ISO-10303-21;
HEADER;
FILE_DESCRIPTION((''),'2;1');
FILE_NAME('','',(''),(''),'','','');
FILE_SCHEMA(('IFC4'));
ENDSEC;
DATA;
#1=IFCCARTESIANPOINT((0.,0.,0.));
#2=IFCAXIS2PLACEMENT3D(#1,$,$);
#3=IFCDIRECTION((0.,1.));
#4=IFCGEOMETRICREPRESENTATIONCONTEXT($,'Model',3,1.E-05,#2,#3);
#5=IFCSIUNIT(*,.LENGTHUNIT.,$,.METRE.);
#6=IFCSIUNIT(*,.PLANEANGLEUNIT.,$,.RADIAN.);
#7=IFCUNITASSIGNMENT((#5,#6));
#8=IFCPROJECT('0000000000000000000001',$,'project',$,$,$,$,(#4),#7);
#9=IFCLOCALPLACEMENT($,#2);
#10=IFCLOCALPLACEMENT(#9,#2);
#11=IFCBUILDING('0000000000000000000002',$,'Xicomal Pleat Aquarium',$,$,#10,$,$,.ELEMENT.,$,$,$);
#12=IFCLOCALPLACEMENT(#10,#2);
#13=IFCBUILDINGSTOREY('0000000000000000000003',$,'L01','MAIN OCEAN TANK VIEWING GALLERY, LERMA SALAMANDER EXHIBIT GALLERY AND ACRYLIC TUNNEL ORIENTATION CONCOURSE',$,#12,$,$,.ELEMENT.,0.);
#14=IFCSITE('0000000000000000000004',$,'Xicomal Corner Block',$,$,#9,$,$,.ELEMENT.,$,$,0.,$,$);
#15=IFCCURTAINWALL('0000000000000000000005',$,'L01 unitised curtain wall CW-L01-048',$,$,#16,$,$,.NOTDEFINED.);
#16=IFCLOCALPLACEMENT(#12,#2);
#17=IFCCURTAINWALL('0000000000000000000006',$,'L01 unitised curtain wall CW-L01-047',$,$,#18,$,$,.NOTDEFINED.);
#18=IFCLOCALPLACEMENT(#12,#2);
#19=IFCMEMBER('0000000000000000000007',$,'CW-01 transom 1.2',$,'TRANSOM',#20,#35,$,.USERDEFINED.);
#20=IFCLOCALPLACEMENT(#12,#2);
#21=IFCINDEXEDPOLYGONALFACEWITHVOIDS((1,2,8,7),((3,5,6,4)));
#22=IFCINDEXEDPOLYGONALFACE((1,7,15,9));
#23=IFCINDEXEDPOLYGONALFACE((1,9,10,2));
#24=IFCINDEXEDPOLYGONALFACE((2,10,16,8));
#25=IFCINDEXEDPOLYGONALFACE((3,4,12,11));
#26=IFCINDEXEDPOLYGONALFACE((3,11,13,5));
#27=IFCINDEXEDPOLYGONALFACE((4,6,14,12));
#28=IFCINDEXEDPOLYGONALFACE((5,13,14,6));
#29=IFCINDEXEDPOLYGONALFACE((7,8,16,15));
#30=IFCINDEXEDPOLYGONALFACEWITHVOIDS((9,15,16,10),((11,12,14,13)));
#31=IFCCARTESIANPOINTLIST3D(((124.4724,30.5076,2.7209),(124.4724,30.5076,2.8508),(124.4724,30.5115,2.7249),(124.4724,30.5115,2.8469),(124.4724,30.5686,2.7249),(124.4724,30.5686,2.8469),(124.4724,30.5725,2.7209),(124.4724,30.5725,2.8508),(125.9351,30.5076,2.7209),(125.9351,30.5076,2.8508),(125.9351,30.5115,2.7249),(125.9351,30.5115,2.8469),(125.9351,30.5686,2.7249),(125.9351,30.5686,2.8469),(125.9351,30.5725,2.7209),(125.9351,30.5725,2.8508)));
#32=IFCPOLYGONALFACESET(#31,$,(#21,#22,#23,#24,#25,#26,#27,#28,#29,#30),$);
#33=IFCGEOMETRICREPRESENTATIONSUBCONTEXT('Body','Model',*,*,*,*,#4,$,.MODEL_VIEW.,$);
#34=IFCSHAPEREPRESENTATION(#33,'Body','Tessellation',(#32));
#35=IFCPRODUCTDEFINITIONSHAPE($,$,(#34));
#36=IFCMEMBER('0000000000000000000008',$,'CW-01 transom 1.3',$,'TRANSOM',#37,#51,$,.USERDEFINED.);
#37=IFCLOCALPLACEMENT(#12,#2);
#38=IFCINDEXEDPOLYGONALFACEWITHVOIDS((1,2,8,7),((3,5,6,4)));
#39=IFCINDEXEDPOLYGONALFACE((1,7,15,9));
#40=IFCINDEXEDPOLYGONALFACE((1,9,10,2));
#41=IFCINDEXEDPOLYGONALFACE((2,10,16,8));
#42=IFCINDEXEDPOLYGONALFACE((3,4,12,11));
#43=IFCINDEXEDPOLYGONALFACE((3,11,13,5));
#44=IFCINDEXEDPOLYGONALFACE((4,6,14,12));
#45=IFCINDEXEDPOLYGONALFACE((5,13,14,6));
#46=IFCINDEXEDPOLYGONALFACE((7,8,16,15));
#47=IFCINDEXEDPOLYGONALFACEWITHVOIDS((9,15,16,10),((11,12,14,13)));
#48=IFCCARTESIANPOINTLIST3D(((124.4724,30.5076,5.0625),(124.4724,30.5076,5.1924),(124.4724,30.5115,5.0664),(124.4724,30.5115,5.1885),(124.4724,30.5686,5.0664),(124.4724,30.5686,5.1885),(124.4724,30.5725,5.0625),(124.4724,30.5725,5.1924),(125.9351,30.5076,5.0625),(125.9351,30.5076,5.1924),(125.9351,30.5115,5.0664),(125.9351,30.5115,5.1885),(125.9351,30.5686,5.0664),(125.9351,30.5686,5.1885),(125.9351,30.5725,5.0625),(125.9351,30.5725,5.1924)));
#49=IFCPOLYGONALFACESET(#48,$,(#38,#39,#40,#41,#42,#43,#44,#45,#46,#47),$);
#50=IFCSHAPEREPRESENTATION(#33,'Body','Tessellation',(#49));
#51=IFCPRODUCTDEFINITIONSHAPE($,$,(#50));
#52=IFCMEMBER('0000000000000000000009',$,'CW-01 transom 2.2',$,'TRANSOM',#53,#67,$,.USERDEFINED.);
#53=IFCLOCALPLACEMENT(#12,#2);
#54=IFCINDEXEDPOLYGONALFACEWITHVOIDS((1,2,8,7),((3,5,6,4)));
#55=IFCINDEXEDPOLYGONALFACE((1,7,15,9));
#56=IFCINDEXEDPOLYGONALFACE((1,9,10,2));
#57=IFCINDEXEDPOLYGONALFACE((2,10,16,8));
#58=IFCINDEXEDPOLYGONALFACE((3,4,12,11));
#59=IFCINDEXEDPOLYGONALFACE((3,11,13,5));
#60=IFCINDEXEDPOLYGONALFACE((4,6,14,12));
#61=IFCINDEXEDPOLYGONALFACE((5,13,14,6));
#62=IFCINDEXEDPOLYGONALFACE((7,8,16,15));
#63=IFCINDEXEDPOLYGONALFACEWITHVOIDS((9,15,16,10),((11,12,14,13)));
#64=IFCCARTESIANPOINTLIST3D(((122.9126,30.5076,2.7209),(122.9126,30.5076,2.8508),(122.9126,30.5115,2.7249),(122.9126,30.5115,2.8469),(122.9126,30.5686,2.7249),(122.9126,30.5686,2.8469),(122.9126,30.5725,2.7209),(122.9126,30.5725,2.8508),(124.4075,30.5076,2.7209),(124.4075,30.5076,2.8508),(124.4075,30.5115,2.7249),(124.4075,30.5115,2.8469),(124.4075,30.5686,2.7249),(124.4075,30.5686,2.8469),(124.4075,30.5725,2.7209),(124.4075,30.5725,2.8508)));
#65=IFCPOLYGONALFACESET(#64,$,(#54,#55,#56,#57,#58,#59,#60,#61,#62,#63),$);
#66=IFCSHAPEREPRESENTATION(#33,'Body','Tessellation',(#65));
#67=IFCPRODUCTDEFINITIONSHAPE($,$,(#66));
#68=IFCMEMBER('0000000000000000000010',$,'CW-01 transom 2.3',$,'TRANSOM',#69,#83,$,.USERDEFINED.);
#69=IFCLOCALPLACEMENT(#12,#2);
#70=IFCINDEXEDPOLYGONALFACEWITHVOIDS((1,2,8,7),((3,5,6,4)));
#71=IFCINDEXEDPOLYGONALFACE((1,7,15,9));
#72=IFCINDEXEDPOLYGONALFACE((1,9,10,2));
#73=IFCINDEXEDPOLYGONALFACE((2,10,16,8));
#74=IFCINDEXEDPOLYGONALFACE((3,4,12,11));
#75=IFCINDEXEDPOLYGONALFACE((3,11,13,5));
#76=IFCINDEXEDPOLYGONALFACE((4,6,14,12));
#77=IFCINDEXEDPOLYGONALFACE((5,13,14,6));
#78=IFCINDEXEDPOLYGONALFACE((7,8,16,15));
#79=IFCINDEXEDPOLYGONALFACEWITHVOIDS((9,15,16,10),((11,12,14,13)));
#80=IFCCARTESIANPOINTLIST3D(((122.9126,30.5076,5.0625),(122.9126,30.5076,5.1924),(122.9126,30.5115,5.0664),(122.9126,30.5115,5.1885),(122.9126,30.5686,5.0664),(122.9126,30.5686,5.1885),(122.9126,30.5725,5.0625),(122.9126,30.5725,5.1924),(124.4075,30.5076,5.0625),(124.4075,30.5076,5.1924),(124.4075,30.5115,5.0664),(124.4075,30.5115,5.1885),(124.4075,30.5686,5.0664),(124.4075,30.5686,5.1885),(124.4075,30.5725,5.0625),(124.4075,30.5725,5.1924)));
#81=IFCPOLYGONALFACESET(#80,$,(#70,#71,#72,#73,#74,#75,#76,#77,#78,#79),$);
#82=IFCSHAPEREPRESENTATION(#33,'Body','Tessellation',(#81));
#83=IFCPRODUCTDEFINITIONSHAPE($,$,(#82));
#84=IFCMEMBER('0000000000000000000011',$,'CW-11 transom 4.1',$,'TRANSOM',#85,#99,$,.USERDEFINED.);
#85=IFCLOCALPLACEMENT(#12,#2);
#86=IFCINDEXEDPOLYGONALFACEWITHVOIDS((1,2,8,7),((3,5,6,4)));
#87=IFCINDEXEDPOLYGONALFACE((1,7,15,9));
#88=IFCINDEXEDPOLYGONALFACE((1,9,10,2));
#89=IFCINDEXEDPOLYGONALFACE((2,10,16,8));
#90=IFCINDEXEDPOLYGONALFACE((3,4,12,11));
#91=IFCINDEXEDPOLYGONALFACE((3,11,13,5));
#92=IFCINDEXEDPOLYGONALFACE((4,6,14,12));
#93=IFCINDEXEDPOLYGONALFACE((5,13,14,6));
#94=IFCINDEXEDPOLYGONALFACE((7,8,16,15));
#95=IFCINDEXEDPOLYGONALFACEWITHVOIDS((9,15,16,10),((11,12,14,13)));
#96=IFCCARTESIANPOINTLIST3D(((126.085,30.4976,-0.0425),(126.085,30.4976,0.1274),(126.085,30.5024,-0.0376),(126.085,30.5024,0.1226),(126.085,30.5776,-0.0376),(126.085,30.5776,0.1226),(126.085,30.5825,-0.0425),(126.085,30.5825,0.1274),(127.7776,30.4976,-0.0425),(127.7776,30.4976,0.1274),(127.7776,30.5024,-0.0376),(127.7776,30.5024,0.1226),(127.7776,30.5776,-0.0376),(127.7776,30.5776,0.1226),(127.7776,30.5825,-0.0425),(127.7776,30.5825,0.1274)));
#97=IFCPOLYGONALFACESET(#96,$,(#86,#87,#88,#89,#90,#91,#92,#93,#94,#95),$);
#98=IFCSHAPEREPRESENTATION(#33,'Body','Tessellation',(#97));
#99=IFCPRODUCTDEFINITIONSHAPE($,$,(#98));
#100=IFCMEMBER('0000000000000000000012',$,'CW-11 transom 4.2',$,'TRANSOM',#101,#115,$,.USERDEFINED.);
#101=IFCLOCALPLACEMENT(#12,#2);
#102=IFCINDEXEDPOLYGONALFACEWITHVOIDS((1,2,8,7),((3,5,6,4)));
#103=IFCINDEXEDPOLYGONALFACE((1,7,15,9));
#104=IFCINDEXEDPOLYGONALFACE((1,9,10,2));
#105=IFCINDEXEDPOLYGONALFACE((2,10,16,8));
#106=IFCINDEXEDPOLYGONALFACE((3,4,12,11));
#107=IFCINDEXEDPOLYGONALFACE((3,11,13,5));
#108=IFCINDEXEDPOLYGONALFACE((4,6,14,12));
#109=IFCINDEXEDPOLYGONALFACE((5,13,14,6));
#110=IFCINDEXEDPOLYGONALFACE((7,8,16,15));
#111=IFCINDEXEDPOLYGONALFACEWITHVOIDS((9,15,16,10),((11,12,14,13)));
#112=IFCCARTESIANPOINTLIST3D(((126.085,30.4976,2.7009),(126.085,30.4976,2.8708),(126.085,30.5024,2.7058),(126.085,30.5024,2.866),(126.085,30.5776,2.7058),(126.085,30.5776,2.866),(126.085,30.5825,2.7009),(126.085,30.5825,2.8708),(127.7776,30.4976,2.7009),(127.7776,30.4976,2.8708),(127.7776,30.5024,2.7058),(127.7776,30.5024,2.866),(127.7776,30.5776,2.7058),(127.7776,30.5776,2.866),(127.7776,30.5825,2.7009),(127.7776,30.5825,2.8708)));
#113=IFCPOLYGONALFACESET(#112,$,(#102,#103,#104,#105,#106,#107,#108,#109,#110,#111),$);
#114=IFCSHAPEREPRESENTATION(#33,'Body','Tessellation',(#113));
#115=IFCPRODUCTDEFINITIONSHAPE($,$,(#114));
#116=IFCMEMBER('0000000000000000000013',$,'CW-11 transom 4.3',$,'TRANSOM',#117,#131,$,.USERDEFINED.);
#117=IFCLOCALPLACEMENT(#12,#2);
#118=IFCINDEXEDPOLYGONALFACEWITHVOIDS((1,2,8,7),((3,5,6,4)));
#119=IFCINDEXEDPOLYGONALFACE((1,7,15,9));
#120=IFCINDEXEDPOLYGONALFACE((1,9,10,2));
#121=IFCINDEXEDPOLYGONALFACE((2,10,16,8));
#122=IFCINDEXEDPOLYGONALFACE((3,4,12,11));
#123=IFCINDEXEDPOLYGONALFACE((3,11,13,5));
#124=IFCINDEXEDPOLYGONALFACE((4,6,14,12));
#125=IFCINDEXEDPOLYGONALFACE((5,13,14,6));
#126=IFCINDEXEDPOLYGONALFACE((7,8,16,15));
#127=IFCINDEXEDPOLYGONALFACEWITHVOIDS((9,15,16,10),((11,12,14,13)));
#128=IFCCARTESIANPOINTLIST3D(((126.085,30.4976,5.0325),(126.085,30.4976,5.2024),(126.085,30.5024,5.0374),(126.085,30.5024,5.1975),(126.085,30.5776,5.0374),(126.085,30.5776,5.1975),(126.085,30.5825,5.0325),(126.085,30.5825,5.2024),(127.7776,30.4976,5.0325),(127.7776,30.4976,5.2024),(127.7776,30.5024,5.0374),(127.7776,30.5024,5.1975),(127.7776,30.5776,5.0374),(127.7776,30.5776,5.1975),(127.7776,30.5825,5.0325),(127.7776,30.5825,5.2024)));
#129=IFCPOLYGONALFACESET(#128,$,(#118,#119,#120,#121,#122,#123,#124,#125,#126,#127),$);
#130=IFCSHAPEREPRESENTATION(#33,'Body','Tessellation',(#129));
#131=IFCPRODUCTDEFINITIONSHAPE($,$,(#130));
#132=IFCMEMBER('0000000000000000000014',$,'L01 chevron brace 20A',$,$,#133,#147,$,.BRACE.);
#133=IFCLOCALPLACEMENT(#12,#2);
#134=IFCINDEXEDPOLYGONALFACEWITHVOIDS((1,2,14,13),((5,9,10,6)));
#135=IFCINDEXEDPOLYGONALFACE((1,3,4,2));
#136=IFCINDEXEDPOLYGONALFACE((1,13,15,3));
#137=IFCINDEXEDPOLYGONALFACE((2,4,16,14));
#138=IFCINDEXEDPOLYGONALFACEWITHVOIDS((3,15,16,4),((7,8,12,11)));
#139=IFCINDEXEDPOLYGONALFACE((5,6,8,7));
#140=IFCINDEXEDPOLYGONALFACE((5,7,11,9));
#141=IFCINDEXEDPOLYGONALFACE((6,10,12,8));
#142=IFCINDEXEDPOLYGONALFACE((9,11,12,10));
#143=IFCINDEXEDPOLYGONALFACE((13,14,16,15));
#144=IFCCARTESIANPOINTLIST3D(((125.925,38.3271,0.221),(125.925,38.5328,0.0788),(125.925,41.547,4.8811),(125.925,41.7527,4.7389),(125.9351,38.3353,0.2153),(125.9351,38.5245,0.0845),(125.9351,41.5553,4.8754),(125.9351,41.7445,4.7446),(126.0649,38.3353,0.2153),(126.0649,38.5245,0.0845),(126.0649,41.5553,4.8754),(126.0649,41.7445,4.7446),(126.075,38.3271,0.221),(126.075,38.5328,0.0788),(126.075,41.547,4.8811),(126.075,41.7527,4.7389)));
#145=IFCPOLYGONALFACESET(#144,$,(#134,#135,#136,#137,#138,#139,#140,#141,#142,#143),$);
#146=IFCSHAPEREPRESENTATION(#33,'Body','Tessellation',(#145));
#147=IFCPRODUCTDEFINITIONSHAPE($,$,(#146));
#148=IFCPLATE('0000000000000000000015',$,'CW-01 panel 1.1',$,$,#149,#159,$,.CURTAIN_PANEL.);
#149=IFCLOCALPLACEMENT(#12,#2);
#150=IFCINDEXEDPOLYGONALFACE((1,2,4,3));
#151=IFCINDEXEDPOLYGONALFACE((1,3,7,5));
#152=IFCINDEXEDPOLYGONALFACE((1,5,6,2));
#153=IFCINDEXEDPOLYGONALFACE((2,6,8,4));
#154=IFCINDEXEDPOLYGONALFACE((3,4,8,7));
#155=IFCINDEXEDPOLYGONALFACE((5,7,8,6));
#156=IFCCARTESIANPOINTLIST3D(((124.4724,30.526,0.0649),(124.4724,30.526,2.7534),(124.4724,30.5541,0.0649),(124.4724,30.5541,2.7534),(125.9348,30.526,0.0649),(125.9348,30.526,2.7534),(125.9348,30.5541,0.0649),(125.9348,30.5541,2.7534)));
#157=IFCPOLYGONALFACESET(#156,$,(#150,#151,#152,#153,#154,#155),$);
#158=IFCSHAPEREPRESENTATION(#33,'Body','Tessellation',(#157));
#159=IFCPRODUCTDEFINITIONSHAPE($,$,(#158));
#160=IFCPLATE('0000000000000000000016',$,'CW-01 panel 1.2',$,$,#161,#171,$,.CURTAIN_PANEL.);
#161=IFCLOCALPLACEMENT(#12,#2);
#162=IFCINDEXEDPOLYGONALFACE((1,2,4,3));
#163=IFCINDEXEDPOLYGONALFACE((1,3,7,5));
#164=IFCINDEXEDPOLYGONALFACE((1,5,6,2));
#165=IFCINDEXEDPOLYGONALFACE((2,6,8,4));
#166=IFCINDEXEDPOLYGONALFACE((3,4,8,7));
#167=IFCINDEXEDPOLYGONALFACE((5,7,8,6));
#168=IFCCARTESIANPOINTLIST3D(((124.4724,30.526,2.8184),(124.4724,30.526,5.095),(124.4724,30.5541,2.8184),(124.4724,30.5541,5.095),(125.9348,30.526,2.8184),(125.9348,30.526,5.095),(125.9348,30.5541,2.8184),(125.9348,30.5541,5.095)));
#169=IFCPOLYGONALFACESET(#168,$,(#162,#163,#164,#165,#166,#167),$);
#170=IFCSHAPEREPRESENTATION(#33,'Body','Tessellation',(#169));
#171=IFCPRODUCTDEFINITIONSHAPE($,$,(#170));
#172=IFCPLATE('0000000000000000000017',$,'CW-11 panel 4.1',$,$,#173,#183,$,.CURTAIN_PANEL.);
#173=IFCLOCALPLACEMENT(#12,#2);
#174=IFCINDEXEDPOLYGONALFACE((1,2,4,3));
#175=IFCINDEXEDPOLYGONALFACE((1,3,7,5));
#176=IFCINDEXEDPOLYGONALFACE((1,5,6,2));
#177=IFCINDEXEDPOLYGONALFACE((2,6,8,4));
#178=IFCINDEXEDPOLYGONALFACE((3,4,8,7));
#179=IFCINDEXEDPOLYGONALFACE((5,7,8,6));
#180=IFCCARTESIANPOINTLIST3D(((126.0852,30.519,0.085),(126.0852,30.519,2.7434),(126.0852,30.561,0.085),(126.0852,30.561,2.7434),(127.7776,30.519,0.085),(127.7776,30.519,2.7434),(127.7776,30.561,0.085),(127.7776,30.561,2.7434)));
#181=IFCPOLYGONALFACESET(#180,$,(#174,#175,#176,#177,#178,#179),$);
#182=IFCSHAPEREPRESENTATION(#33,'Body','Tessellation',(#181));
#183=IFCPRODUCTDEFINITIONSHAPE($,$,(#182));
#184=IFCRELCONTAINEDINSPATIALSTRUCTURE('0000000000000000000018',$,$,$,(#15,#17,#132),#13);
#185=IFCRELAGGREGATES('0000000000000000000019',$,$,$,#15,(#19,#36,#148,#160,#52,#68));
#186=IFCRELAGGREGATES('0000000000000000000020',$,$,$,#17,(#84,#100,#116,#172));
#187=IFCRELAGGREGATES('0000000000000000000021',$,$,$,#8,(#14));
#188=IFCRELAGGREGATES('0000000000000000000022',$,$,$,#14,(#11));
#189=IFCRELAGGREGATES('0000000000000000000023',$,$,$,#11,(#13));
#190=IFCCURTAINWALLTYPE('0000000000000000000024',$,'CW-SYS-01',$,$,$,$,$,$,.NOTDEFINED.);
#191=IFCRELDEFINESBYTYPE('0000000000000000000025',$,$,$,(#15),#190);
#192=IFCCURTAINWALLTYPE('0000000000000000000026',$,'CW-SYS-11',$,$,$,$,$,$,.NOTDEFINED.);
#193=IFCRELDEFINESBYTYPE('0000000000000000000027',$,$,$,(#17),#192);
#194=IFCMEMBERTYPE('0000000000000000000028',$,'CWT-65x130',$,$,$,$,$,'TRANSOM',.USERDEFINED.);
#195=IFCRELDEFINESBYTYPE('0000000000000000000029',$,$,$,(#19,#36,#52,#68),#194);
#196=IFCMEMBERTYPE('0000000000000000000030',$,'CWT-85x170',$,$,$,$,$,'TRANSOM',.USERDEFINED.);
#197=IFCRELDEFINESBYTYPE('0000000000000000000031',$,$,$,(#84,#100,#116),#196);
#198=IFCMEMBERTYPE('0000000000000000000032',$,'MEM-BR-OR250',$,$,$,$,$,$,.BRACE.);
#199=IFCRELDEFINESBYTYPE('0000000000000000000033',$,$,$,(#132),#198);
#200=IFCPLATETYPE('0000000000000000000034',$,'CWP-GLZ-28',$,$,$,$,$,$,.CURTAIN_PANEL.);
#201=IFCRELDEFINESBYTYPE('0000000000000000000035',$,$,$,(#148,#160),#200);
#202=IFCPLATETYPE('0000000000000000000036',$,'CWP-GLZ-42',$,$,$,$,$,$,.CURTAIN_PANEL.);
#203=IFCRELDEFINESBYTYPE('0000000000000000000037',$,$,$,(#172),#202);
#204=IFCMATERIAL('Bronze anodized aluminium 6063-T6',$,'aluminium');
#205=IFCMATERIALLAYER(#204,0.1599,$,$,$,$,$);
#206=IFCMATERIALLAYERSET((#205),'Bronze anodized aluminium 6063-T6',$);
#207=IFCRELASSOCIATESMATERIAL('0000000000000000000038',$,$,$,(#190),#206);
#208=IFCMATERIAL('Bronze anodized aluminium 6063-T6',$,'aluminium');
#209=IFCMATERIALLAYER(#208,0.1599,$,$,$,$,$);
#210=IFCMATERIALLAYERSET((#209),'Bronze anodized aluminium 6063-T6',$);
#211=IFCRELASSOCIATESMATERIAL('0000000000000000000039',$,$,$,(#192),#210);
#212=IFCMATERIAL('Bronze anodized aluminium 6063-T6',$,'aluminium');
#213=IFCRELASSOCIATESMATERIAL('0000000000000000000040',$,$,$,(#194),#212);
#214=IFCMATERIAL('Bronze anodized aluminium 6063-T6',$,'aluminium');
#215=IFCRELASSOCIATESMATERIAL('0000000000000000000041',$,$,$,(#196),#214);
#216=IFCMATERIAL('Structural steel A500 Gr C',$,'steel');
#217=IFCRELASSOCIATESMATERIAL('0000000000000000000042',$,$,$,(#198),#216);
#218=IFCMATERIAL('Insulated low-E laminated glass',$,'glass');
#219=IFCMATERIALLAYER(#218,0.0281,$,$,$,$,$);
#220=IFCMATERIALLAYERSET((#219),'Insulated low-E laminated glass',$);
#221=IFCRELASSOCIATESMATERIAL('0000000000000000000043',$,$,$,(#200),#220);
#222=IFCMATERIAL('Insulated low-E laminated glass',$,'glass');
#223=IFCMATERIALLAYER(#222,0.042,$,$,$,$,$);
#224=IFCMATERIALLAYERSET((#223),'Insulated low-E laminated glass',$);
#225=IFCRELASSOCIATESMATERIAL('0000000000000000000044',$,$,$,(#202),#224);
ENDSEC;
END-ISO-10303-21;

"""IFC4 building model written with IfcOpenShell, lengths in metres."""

from ifc_helpers import new_model, si_unit, direction, frame, origin, origin_2d, place, context, subcontext, project, spatial, rectangle, hollow_rectangle, extrude, material, layer, layer_set, material_profile, profile_set, type_object, element, aggregate, save


model = new_model("IFC4")

# Units and contexts
model_context = context("Model", 3, precision=1e-05, world=origin(), true_north=direction((0.0, 1.0)))
body_context = subcontext(model_context, "Body", "Model", "MODEL_VIEW")
ifc_project = project(units=[si_unit("LENGTHUNIT", "METRE"), si_unit("PLANEANGLEUNIT", "RADIAN")], contexts=[model_context])

# Site, building, storey
site_placement = place(None, origin())
site = spatial("IfcSite", under=ifc_project, at=site_placement, Name="Xicomal Corner Block", CompositionType="ELEMENT", RefElevation=0.0)
building_placement = place(site_placement, origin())
building = spatial("IfcBuilding", under=site, at=building_placement, Name="Xicomal Pleat Aquarium", CompositionType="ELEMENT")
storey_placement = place(building_placement, origin())
storey = spatial("IfcBuildingStorey", under=building, at=storey_placement, Name="L01", Description="MAIN OCEAN TANK VIEWING GALLERY, LERMA SALAMANDER EXHIBIT GALLERY AND ACRYLIC TUNNEL ORIENTATION CONCOURSE", CompositionType="ELEMENT", Elevation=0.0)

# Curtain walls
ifc_material_1 = material(Name="Bronze anodized aluminium 6063-T6", Category="aluminium")
ifc_layer_1 = layer(ifc_material_1, 0.1599)
ifc_layer_set_1 = layer_set([ifc_layer_1], Name="Bronze anodized aluminium 6063-T6")
curtain_wall_type_1 = type_object("IfcCurtainWallType", Name="CW-SYS-01", PredefinedType="NOTDEFINED", material=ifc_layer_set_1)
curtain_wall_1_placement = place(storey_placement, origin())
curtain_wall_1 = element("IfcCurtainWall", 1, at=curtain_wall_1_placement, inside=storey, type_object=curtain_wall_type_1, Name="L01 unitised curtain wall CW-L01-048", PredefinedType="NOTDEFINED")
ifc_material_2 = material(Name="Bronze anodized aluminium 6063-T6", Category="aluminium")
ifc_layer_2 = layer(ifc_material_2, 0.1599)
ifc_layer_set_2 = layer_set([ifc_layer_2], Name="Bronze anodized aluminium 6063-T6")
curtain_wall_type_2 = type_object("IfcCurtainWallType", Name="CW-SYS-11", PredefinedType="NOTDEFINED", material=ifc_layer_set_2)
curtain_wall_2_placement = place(storey_placement, origin())
curtain_wall_2 = element("IfcCurtainWall", 2, at=curtain_wall_2_placement, inside=storey, type_object=curtain_wall_type_2, Name="L01 unitised curtain wall CW-L01-047", PredefinedType="NOTDEFINED")

# Members
ifc_material_3 = material(Name="Bronze anodized aluminium 6063-T6", Category="aluminium")
ifc_material_profile_1 = material_profile(ifc_material_3, hollow_rectangle(XDim=0.0649, YDim=0.1299, WallThickness=0.0039, at=origin_2d()), Name="ALU TRAN 65x130")
ifc_profile_set_1 = profile_set([ifc_material_profile_1], Name="Bronze anodized aluminium 6063-T6")
member_type_1 = type_object("IfcMemberType", Name="CWT-65x130", ElementType="TRANSOM", PredefinedType="USERDEFINED", material=ifc_profile_set_1)
member_1_placement = place(storey_placement, frame((125.9351, 30.54, 2.7859), z_axis=(-1.0, 0.0, 0.0), x_axis=(0.0, -1.0, 0.0)))
member_1 = element("IfcMember", 3, at=member_1_placement, type_object=member_type_1, Name="CW-01 transom 1.2", ObjectType="TRANSOM", PredefinedType="USERDEFINED", context=body_context, shape_type="SweptSolid", body=[
    extrude(hollow_rectangle(XDim=0.0649, YDim=0.1299, WallThickness=0.0039, at=origin_2d()), origin(), (0.0, 0.0, 1.0), 1.4626),
])
member_2_placement = place(storey_placement, frame((125.9351, 30.54, 5.1274), z_axis=(-1.0, 0.0, 0.0), x_axis=(0.0, -1.0, 0.0)))
member_2 = element("IfcMember", 4, at=member_2_placement, type_object=member_type_1, Name="CW-01 transom 1.3", ObjectType="TRANSOM", PredefinedType="USERDEFINED", context=body_context, shape_type="SweptSolid", body=[
    extrude(hollow_rectangle(XDim=0.0649, YDim=0.1299, WallThickness=0.0039, at=origin_2d()), origin(), (0.0, 0.0, 1.0), 1.4626),
])
member_3_placement = place(storey_placement, frame((124.4075, 30.54, 2.7859), z_axis=(-1.0, 0.0, 0.0), x_axis=(0.0, -1.0, 0.0)))
member_3 = element("IfcMember", 5, at=member_3_placement, type_object=member_type_1, Name="CW-01 transom 2.2", ObjectType="TRANSOM", PredefinedType="USERDEFINED", context=body_context, shape_type="SweptSolid", body=[
    extrude(hollow_rectangle(XDim=0.0649, YDim=0.1299, WallThickness=0.0039, at=origin_2d()), origin(), (0.0, 0.0, 1.0), 1.4949),
])
member_4_placement = place(storey_placement, frame((124.4075, 30.54, 5.1274), z_axis=(-1.0, 0.0, 0.0), x_axis=(0.0, -1.0, 0.0)))
member_4 = element("IfcMember", 6, at=member_4_placement, type_object=member_type_1, Name="CW-01 transom 2.3", ObjectType="TRANSOM", PredefinedType="USERDEFINED", context=body_context, shape_type="SweptSolid", body=[
    extrude(hollow_rectangle(XDim=0.0649, YDim=0.1299, WallThickness=0.0039, at=origin_2d()), origin(), (0.0, 0.0, 1.0), 1.4949),
])
ifc_material_4 = material(Name="Bronze anodized aluminium 6063-T6", Category="aluminium")
ifc_material_profile_2 = material_profile(ifc_material_4, hollow_rectangle(XDim=0.085, YDim=0.1699, WallThickness=0.0049, at=origin_2d()), Name="ALU TRAN 85x170")
ifc_profile_set_2 = profile_set([ifc_material_profile_2], Name="Bronze anodized aluminium 6063-T6")
member_type_2 = type_object("IfcMemberType", Name="CWT-85x170", ElementType="TRANSOM", PredefinedType="USERDEFINED", material=ifc_profile_set_2)
member_5_placement = place(storey_placement, frame((127.7776, 30.54, 0.0425), z_axis=(-1.0, 0.0, 0.0), x_axis=(0.0, -1.0, 0.0)))
member_5 = element("IfcMember", 7, at=member_5_placement, type_object=member_type_2, Name="CW-11 transom 4.1", ObjectType="TRANSOM", PredefinedType="USERDEFINED", context=body_context, shape_type="SweptSolid", body=[
    extrude(hollow_rectangle(XDim=0.085, YDim=0.1699, WallThickness=0.0049, at=origin_2d()), origin(), (0.0, 0.0, 1.0), 1.6926),
])
member_6_placement = place(storey_placement, frame((127.7776, 30.54, 2.7859), z_axis=(-1.0, 0.0, 0.0), x_axis=(0.0, -1.0, 0.0)))
member_6 = element("IfcMember", 8, at=member_6_placement, type_object=member_type_2, Name="CW-11 transom 4.2", ObjectType="TRANSOM", PredefinedType="USERDEFINED", context=body_context, shape_type="SweptSolid", body=[
    extrude(hollow_rectangle(XDim=0.085, YDim=0.1699, WallThickness=0.0049, at=origin_2d()), origin(), (0.0, 0.0, 1.0), 1.6926),
])
member_7_placement = place(storey_placement, frame((127.7776, 30.54, 5.1174), z_axis=(-1.0, 0.0, 0.0), x_axis=(0.0, -1.0, 0.0)))
member_7 = element("IfcMember", 9, at=member_7_placement, type_object=member_type_2, Name="CW-11 transom 4.3", ObjectType="TRANSOM", PredefinedType="USERDEFINED", context=body_context, shape_type="SweptSolid", body=[
    extrude(hollow_rectangle(XDim=0.085, YDim=0.1699, WallThickness=0.0049, at=origin_2d()), origin(), (0.0, 0.0, 1.0), 1.6926),
])
ifc_material_5 = material(Name="Structural steel A500 Gr C", Category="steel")
ifc_material_profile_3 = material_profile(ifc_material_5, hollow_rectangle(XDim=0.1499, YDim=0.25, WallThickness=0.01, at=origin_2d()), Name="OR 250x150x10")
ifc_profile_set_3 = profile_set([ifc_material_profile_3], Name="Structural steel A500 Gr C")
member_type_3 = type_object("IfcMemberType", Name="MEM-BR-OR250", PredefinedType="BRACE", material=ifc_profile_set_3)
member_8_placement = place(storey_placement, frame((126.0, 38.4299, 0.1499), z_axis=(0.0, 0.568459, 0.822712), x_axis=(-1.0, 0.0, 0.0)))
element("IfcMember", 10, at=member_8_placement, inside=storey, type_object=member_type_3, Name="L01 chevron brace 20A", PredefinedType="BRACE", context=body_context, shape_type="SweptSolid", body=[
    extrude(hollow_rectangle(XDim=0.1499, YDim=0.25, WallThickness=0.01, at=origin_2d()), origin(), (0.0, 0.0, 1.0), 5.6643),
])

# Plates
ifc_material_6 = material(Name="Insulated low-E laminated glass", Category="glass")
ifc_layer_3 = layer(ifc_material_6, 0.0281)
ifc_layer_set_3 = layer_set([ifc_layer_3], Name="Insulated low-E laminated glass")
plate_type_1 = type_object("IfcPlateType", Name="CWP-GLZ-28", PredefinedType="CURTAIN_PANEL", material=ifc_layer_set_3)
plate_1_placement = place(storey_placement, frame((125.2036, 30.54, 0.0649), z_axis=(0.0, 0.0, 1.0), x_axis=(-1.0, 0.0, 0.0)))
plate_1 = element("IfcPlate", 11, at=plate_1_placement, type_object=plate_type_1, Name="CW-01 panel 1.1", PredefinedType="CURTAIN_PANEL", context=body_context, shape_type="SweptSolid", body=[
    extrude(rectangle(XDim=1.4624, YDim=0.0281, at=origin_2d()), origin(), (0.0, 0.0, 1.0), 2.6885),
])
plate_2_placement = place(storey_placement, frame((125.2036, 30.54, 2.8184), z_axis=(0.0, 0.0, 1.0), x_axis=(-1.0, 0.0, 0.0)))
plate_2 = element("IfcPlate", 12, at=plate_2_placement, type_object=plate_type_1, Name="CW-01 panel 1.2", PredefinedType="CURTAIN_PANEL", context=body_context, shape_type="SweptSolid", body=[
    extrude(rectangle(XDim=1.4624, YDim=0.0281, at=origin_2d()), origin(), (0.0, 0.0, 1.0), 2.2766),
])
aggregate(curtain_wall_1, [member_1, member_2, plate_1, plate_2, member_3, member_4])
ifc_material_7 = material(Name="Insulated low-E laminated glass", Category="glass")
ifc_layer_4 = layer(ifc_material_7, 0.042)
ifc_layer_set_4 = layer_set([ifc_layer_4], Name="Insulated low-E laminated glass")
plate_type_2 = type_object("IfcPlateType", Name="CWP-GLZ-42", PredefinedType="CURTAIN_PANEL", material=ifc_layer_set_4)
plate_3_placement = place(storey_placement, frame((126.9314, 30.54, 0.085), z_axis=(0.0, 0.0, 1.0), x_axis=(-1.0, 0.0, 0.0)))
plate_3 = element("IfcPlate", 13, at=plate_3_placement, type_object=plate_type_2, Name="CW-11 panel 4.1", PredefinedType="CURTAIN_PANEL", context=body_context, shape_type="SweptSolid", body=[
    extrude(rectangle(XDim=1.6924, YDim=0.042, at=origin_2d()), origin(), (0.0, 0.0, 1.0), 2.6584),
])
aggregate(curtain_wall_2, [member_5, member_6, member_7, plate_3])

save(model, "model.ifc")
